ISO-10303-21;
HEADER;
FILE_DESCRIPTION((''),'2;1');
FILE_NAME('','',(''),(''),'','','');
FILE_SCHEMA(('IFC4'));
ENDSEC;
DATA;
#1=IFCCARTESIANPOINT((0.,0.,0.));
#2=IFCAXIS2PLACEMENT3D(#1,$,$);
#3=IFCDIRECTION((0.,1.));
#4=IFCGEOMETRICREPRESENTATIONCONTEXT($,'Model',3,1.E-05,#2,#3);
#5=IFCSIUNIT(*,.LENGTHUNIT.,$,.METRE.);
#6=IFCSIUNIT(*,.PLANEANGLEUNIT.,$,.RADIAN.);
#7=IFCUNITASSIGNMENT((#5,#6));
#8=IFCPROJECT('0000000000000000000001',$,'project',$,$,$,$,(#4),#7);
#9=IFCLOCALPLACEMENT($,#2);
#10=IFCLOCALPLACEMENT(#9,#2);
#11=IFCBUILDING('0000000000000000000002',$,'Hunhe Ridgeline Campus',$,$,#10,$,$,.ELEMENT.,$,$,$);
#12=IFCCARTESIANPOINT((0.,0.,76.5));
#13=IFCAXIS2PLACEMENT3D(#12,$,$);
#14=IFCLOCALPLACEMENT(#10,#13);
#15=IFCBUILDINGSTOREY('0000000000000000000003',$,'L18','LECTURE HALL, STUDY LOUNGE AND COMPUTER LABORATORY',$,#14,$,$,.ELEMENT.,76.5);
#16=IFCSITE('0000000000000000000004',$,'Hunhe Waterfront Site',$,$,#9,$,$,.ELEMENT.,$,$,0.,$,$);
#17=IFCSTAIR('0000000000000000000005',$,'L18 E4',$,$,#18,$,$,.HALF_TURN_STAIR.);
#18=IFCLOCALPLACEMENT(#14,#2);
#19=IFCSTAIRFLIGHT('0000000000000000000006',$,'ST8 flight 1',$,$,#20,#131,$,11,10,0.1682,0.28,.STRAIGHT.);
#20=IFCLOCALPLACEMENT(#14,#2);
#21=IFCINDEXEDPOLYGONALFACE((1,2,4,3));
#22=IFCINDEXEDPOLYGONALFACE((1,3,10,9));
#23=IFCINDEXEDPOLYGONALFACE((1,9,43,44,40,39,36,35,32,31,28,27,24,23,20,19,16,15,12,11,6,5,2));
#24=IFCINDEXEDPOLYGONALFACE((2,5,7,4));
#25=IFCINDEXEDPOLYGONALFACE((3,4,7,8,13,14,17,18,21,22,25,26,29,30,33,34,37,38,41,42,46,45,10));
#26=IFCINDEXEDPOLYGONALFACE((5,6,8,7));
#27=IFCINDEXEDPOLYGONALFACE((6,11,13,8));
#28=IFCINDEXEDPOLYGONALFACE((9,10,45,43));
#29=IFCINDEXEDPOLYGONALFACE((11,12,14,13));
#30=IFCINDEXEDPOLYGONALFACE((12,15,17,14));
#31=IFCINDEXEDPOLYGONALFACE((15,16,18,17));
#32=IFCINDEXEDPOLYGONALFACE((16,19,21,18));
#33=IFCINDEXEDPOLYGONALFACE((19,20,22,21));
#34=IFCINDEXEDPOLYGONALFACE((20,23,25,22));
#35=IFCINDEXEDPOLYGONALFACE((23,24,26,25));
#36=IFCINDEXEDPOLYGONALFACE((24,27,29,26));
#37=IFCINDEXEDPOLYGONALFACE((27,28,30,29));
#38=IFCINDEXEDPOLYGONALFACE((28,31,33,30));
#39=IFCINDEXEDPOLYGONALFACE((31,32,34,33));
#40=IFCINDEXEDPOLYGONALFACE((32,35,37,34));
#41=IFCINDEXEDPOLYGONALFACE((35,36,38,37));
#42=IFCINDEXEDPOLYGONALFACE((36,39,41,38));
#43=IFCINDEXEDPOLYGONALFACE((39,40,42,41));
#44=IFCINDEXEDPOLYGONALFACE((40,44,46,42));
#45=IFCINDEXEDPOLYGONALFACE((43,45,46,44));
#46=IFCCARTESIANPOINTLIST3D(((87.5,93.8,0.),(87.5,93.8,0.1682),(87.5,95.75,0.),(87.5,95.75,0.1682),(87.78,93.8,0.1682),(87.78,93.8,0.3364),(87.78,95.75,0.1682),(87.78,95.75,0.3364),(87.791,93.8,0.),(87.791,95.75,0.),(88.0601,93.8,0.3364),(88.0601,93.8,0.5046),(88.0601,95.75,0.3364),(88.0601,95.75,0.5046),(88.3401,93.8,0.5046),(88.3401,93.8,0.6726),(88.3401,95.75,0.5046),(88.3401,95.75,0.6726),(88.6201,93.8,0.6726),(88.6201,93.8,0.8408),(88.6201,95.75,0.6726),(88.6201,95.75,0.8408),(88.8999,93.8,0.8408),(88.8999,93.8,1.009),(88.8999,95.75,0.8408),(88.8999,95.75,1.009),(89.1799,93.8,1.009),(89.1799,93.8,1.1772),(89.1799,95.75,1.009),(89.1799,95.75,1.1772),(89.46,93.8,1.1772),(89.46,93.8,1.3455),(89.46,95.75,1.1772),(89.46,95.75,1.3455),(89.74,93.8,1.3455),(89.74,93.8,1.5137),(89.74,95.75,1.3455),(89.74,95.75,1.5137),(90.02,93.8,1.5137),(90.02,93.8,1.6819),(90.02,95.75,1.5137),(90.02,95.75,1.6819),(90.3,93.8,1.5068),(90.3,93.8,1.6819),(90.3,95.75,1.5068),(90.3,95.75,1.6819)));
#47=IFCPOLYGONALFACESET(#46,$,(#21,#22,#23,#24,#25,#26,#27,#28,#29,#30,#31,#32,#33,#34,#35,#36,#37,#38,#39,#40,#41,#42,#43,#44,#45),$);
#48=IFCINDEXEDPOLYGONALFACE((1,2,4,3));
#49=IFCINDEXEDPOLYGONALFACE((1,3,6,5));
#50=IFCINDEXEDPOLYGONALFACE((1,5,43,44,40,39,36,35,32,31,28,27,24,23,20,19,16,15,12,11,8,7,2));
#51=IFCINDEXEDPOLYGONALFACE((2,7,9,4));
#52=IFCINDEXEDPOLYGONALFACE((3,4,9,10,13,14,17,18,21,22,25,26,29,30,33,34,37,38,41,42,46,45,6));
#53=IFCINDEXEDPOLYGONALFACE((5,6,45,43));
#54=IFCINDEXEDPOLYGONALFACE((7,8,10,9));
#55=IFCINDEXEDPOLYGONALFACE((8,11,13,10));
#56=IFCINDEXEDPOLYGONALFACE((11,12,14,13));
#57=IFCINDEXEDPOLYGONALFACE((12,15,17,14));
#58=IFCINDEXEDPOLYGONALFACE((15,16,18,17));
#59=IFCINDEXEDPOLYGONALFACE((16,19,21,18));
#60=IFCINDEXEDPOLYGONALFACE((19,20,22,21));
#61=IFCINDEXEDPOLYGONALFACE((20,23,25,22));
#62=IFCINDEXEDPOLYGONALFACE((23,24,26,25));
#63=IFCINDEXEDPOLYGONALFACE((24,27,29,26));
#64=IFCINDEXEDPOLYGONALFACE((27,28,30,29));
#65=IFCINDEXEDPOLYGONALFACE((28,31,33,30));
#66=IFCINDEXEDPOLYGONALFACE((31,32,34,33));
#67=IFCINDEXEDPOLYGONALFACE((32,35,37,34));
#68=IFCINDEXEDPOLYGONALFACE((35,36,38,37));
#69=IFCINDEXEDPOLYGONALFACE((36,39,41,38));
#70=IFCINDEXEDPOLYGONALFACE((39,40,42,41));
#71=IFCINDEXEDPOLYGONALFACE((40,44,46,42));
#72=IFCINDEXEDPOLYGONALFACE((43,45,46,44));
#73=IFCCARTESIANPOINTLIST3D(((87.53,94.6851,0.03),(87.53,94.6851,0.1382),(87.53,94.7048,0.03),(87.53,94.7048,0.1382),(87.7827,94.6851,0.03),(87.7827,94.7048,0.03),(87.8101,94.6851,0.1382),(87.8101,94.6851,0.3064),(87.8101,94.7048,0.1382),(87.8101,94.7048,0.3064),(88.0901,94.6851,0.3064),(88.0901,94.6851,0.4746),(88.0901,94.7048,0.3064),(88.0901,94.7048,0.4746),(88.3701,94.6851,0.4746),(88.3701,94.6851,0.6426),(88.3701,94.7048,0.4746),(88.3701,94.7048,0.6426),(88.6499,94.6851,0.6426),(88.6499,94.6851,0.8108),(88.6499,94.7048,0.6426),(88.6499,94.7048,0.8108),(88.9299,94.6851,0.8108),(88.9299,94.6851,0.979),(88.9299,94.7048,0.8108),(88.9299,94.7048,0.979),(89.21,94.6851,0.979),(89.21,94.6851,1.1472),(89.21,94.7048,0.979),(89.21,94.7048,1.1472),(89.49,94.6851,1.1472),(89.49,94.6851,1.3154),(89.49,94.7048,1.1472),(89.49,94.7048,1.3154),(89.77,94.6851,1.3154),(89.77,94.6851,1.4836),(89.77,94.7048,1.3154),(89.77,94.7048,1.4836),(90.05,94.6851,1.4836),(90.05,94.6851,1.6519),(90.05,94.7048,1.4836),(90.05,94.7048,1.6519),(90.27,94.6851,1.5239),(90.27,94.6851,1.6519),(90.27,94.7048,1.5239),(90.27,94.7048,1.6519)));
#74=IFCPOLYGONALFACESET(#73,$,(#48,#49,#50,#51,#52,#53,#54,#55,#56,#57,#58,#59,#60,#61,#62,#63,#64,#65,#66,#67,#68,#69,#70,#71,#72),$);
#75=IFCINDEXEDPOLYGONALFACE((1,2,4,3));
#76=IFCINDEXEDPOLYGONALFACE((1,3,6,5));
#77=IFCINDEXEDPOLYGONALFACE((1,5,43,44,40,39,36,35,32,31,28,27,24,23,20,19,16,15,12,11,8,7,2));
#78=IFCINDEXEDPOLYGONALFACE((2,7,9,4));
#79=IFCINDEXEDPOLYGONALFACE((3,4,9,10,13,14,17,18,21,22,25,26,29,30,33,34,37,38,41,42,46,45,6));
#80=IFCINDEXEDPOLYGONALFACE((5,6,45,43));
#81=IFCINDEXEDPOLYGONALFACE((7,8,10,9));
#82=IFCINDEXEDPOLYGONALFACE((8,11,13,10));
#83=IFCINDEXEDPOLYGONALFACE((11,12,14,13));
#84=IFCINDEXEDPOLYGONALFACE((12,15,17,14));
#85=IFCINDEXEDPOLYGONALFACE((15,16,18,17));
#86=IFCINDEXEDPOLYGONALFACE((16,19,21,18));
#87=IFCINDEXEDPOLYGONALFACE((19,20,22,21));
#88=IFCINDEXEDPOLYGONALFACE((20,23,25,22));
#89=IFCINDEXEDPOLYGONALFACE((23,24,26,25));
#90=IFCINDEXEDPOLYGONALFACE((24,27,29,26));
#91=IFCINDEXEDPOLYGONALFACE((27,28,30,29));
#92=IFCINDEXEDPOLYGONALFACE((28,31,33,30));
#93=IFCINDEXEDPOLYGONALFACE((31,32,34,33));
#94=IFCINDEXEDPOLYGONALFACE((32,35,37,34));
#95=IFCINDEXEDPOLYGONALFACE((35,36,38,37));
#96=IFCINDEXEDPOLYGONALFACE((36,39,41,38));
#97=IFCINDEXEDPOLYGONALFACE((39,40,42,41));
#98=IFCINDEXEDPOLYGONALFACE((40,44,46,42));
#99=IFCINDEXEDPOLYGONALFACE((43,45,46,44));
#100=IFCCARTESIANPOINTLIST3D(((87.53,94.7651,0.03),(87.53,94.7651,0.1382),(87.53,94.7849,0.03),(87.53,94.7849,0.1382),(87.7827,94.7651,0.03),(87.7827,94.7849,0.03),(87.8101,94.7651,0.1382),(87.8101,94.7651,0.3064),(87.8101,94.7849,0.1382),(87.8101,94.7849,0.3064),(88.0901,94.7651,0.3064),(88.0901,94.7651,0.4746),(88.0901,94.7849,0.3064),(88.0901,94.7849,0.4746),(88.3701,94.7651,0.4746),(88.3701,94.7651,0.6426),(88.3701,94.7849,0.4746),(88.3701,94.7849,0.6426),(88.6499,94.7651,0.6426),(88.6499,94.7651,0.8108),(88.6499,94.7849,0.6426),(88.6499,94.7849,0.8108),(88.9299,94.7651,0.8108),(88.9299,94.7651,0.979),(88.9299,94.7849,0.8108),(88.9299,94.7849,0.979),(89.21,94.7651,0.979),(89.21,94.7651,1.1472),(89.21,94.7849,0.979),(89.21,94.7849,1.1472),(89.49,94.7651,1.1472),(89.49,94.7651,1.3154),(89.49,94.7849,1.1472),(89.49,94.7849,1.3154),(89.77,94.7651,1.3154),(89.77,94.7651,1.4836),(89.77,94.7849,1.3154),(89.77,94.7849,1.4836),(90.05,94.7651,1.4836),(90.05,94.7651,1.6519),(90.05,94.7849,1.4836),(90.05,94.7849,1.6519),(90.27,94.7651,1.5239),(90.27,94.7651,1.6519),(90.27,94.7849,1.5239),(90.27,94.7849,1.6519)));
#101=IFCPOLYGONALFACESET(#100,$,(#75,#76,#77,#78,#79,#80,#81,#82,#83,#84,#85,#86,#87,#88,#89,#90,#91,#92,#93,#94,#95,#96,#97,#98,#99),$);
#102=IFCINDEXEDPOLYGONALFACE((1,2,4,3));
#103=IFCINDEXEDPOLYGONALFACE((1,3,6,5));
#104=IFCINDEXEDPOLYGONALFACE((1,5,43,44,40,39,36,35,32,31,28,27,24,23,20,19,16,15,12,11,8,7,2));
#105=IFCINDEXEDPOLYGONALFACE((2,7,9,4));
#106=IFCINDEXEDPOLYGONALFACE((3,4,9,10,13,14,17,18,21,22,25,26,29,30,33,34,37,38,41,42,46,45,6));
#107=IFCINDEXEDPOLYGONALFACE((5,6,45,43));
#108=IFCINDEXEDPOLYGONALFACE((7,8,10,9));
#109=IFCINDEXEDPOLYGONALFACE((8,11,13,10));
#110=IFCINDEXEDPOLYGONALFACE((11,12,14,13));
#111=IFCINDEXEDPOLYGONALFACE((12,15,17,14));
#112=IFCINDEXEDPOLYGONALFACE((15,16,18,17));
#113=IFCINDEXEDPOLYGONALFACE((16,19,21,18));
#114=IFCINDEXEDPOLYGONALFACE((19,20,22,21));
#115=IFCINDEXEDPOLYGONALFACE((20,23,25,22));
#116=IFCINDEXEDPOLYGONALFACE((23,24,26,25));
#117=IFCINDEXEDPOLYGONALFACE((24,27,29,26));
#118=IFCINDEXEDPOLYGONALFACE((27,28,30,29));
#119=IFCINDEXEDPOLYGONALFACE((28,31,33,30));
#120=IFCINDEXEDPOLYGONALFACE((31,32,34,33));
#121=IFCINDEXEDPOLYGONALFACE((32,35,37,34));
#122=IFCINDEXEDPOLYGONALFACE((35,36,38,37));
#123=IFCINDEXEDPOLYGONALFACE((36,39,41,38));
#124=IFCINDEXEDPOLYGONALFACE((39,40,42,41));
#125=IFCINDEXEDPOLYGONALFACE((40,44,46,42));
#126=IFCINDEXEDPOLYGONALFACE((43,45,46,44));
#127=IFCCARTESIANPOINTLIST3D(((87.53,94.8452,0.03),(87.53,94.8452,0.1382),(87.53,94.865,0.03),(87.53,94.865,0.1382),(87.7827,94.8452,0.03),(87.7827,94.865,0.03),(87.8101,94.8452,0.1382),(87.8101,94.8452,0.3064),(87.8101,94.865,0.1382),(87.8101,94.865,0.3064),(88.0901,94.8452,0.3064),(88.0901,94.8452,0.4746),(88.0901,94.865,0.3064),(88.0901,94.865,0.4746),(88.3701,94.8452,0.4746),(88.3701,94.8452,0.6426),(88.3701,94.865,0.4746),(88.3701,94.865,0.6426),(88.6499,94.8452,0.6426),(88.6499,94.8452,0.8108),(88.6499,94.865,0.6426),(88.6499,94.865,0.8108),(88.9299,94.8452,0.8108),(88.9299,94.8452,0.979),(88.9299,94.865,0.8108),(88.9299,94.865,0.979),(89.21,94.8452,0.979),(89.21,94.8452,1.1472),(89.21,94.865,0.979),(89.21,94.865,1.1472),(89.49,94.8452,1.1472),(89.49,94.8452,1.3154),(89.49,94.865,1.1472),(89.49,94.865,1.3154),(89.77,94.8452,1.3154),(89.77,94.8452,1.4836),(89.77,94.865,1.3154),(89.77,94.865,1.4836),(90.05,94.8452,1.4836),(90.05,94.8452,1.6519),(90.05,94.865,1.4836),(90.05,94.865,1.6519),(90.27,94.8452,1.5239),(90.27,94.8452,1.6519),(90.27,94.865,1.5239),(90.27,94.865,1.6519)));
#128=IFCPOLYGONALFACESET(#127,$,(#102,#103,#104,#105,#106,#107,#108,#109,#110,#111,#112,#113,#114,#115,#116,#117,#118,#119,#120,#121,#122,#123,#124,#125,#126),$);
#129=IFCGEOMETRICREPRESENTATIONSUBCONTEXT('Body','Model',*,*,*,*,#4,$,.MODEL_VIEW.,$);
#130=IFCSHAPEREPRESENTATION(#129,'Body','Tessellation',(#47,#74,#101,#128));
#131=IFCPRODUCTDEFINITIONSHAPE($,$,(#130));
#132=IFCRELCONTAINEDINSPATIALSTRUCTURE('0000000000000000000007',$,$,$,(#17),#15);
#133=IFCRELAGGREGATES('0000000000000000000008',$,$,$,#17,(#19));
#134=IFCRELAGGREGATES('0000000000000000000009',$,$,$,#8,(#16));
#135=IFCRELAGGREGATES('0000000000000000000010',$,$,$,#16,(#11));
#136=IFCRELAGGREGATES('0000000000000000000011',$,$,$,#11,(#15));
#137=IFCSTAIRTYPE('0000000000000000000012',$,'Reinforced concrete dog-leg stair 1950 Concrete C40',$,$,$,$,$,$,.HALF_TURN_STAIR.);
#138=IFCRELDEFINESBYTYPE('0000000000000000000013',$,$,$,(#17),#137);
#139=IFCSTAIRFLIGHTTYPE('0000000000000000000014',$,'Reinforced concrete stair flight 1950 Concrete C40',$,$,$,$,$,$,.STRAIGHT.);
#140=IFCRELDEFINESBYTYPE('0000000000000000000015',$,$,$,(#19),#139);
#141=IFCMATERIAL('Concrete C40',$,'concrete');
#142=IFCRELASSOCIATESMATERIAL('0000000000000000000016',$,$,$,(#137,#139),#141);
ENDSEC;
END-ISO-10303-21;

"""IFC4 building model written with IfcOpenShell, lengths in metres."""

from ifc_helpers import new_model, si_unit, direction, frame, origin, place, context, subcontext, project, spatial, polyline, outline, extrude, material, type_object, element, aggregate, save


model = new_model("IFC4")

# Units and contexts
model_context = context("Model", 3, precision=1e-05, world=origin(), true_north=direction((0.0, 1.0)))
body_context = subcontext(model_context, "Body", "Model", "MODEL_VIEW")
ifc_project = project(units=[si_unit("LENGTHUNIT", "METRE"), si_unit("PLANEANGLEUNIT", "RADIAN")], contexts=[model_context])

# Site, building, storey
site_placement = place(None, origin())
site = spatial("IfcSite", under=ifc_project, at=site_placement, Name="Hunhe Waterfront Site", CompositionType="ELEMENT", RefElevation=0.0)
building_placement = place(site_placement, origin())
building = spatial("IfcBuilding", under=site, at=building_placement, Name="Hunhe Ridgeline Campus", CompositionType="ELEMENT")
storey_placement = place(building_placement, frame((0.0, 0.0, 76.5)))
storey = spatial("IfcBuildingStorey", under=building, at=storey_placement, Name="L18", Description="LECTURE HALL, STUDY LOUNGE AND COMPUTER LABORATORY", CompositionType="ELEMENT", Elevation=76.5)

# Stair, stair flight
ifc_material_1 = material(Name="Concrete C40", Category="concrete")
stair_type = type_object("IfcStairType", Name="Reinforced concrete dog-leg stair 1950 Concrete C40", PredefinedType="HALF_TURN_STAIR", material=ifc_material_1)
stair_placement = place(storey_placement, origin())
stair = element("IfcStair", 1, at=stair_placement, inside=storey, type_object=stair_type, Name="L18 E4", PredefinedType="HALF_TURN_STAIR")
stair_flight_type = type_object("IfcStairFlightType", Name="Reinforced concrete stair flight 1950 Concrete C40", PredefinedType="STRAIGHT", material=ifc_material_1)
stair_flight_1_placement = place(storey_placement, frame((87.5, 94.7749, 0.0), z_axis=(0.0, 0.0, 1.0), x_axis=(1.0, 0.0, 0.0)))
stair_flight_1 = element("IfcStairFlight", 2, at=stair_flight_1_placement, type_object=stair_flight_type, Name="ST8 flight 1", NumberOfRisers=11, NumberOfTreads=10, PredefinedType="STRAIGHT", RiserHeight=0.1682, TreadLength=0.28, context=body_context, shape_type="SweptSolid", body=[
    extrude(outline(polyline([(0.0, 0.0), (0.0, 0.1682), (0.28, 0.1682), (0.28, 0.3364), (0.5601, 0.3364), (0.5601, 0.5046), (0.8401, 0.5046), (0.8401, 0.6726), (1.1201, 0.6726), (1.1201, 0.8408), (1.3999, 0.8408), (1.3999, 1.009), (1.6799, 1.009), (1.6799, 1.1772), (1.96, 1.1772), (1.96, 1.3455), (2.24, 1.3455), (2.24, 1.5137), (2.52, 1.5137), (2.52, 1.6819), (2.8, 1.6819), (2.8, 1.8501), (2.8, 1.5068), (0.291, 0.0), (0.0, 0.0)])), frame((0.0, 0.9751, 0.0), z_axis=(0.0, -1.0, 0.0), x_axis=(1.0, 0.0, 0.0)), (0.0, 0.0, 1.0), 1.95),
    extrude(outline(polyline([(0.03, 0.03), (0.03, 0.1382), (0.3101, 0.1382), (0.3101, 0.3064), (0.5901, 0.3064), (0.5901, 0.4746), (0.8701, 0.4746), (0.8701, 0.6426), (1.1499, 0.6426), (1.1499, 0.8108), (1.4299, 0.8108), (1.4299, 0.979), (1.71, 0.979), (1.71, 1.1472), (1.99, 1.1472), (1.99, 1.3154), (2.27, 1.3154), (2.27, 1.4836), (2.55, 1.4836), (2.55, 1.6519), (2.77, 1.6519), (2.77, 1.5239), (0.2827, 0.03), (0.03, 0.03)])), frame((0.0, -0.0701, 0.0), z_axis=(0.0, -1.0, 0.0), x_axis=(1.0, 0.0, 0.0)), (0.0, 0.0, 1.0), 0.0198),
    extrude(outline(polyline([(0.03, 0.03), (0.03, 0.1382), (0.3101, 0.1382), (0.3101, 0.3064), (0.5901, 0.3064), (0.5901, 0.4746), (0.8701, 0.4746), (0.8701, 0.6426), (1.1499, 0.6426), (1.1499, 0.8108), (1.4299, 0.8108), (1.4299, 0.979), (1.71, 0.979), (1.71, 1.1472), (1.99, 1.1472), (1.99, 1.3154), (2.27, 1.3154), (2.27, 1.4836), (2.55, 1.4836), (2.55, 1.6519), (2.77, 1.6519), (2.77, 1.5239), (0.2827, 0.03), (0.03, 0.03)])), frame((0.0, 0.01, 0.0), z_axis=(0.0, -1.0, 0.0), x_axis=(1.0, 0.0, 0.0)), (0.0, 0.0, 1.0), 0.0198),
    extrude(outline(polyline([(0.03, 0.03), (0.03, 0.1382), (0.3101, 0.1382), (0.3101, 0.3064), (0.5901, 0.3064), (0.5901, 0.4746), (0.8701, 0.4746), (0.8701, 0.6426), (1.1499, 0.6426), (1.1499, 0.8108), (1.4299, 0.8108), (1.4299, 0.979), (1.71, 0.979), (1.71, 1.1472), (1.99, 1.1472), (1.99, 1.3154), (2.27, 1.3154), (2.27, 1.4836), (2.55, 1.4836), (2.55, 1.6519), (2.77, 1.6519), (2.77, 1.5239), (0.2827, 0.03), (0.03, 0.03)])), frame((0.0, 0.0901, 0.0), z_axis=(0.0, -1.0, 0.0), x_axis=(1.0, 0.0, 0.0)), (0.0, 0.0, 1.0), 0.0198),
])
aggregate(stair, [stair_flight_1])

save(model, "model.ifc")
